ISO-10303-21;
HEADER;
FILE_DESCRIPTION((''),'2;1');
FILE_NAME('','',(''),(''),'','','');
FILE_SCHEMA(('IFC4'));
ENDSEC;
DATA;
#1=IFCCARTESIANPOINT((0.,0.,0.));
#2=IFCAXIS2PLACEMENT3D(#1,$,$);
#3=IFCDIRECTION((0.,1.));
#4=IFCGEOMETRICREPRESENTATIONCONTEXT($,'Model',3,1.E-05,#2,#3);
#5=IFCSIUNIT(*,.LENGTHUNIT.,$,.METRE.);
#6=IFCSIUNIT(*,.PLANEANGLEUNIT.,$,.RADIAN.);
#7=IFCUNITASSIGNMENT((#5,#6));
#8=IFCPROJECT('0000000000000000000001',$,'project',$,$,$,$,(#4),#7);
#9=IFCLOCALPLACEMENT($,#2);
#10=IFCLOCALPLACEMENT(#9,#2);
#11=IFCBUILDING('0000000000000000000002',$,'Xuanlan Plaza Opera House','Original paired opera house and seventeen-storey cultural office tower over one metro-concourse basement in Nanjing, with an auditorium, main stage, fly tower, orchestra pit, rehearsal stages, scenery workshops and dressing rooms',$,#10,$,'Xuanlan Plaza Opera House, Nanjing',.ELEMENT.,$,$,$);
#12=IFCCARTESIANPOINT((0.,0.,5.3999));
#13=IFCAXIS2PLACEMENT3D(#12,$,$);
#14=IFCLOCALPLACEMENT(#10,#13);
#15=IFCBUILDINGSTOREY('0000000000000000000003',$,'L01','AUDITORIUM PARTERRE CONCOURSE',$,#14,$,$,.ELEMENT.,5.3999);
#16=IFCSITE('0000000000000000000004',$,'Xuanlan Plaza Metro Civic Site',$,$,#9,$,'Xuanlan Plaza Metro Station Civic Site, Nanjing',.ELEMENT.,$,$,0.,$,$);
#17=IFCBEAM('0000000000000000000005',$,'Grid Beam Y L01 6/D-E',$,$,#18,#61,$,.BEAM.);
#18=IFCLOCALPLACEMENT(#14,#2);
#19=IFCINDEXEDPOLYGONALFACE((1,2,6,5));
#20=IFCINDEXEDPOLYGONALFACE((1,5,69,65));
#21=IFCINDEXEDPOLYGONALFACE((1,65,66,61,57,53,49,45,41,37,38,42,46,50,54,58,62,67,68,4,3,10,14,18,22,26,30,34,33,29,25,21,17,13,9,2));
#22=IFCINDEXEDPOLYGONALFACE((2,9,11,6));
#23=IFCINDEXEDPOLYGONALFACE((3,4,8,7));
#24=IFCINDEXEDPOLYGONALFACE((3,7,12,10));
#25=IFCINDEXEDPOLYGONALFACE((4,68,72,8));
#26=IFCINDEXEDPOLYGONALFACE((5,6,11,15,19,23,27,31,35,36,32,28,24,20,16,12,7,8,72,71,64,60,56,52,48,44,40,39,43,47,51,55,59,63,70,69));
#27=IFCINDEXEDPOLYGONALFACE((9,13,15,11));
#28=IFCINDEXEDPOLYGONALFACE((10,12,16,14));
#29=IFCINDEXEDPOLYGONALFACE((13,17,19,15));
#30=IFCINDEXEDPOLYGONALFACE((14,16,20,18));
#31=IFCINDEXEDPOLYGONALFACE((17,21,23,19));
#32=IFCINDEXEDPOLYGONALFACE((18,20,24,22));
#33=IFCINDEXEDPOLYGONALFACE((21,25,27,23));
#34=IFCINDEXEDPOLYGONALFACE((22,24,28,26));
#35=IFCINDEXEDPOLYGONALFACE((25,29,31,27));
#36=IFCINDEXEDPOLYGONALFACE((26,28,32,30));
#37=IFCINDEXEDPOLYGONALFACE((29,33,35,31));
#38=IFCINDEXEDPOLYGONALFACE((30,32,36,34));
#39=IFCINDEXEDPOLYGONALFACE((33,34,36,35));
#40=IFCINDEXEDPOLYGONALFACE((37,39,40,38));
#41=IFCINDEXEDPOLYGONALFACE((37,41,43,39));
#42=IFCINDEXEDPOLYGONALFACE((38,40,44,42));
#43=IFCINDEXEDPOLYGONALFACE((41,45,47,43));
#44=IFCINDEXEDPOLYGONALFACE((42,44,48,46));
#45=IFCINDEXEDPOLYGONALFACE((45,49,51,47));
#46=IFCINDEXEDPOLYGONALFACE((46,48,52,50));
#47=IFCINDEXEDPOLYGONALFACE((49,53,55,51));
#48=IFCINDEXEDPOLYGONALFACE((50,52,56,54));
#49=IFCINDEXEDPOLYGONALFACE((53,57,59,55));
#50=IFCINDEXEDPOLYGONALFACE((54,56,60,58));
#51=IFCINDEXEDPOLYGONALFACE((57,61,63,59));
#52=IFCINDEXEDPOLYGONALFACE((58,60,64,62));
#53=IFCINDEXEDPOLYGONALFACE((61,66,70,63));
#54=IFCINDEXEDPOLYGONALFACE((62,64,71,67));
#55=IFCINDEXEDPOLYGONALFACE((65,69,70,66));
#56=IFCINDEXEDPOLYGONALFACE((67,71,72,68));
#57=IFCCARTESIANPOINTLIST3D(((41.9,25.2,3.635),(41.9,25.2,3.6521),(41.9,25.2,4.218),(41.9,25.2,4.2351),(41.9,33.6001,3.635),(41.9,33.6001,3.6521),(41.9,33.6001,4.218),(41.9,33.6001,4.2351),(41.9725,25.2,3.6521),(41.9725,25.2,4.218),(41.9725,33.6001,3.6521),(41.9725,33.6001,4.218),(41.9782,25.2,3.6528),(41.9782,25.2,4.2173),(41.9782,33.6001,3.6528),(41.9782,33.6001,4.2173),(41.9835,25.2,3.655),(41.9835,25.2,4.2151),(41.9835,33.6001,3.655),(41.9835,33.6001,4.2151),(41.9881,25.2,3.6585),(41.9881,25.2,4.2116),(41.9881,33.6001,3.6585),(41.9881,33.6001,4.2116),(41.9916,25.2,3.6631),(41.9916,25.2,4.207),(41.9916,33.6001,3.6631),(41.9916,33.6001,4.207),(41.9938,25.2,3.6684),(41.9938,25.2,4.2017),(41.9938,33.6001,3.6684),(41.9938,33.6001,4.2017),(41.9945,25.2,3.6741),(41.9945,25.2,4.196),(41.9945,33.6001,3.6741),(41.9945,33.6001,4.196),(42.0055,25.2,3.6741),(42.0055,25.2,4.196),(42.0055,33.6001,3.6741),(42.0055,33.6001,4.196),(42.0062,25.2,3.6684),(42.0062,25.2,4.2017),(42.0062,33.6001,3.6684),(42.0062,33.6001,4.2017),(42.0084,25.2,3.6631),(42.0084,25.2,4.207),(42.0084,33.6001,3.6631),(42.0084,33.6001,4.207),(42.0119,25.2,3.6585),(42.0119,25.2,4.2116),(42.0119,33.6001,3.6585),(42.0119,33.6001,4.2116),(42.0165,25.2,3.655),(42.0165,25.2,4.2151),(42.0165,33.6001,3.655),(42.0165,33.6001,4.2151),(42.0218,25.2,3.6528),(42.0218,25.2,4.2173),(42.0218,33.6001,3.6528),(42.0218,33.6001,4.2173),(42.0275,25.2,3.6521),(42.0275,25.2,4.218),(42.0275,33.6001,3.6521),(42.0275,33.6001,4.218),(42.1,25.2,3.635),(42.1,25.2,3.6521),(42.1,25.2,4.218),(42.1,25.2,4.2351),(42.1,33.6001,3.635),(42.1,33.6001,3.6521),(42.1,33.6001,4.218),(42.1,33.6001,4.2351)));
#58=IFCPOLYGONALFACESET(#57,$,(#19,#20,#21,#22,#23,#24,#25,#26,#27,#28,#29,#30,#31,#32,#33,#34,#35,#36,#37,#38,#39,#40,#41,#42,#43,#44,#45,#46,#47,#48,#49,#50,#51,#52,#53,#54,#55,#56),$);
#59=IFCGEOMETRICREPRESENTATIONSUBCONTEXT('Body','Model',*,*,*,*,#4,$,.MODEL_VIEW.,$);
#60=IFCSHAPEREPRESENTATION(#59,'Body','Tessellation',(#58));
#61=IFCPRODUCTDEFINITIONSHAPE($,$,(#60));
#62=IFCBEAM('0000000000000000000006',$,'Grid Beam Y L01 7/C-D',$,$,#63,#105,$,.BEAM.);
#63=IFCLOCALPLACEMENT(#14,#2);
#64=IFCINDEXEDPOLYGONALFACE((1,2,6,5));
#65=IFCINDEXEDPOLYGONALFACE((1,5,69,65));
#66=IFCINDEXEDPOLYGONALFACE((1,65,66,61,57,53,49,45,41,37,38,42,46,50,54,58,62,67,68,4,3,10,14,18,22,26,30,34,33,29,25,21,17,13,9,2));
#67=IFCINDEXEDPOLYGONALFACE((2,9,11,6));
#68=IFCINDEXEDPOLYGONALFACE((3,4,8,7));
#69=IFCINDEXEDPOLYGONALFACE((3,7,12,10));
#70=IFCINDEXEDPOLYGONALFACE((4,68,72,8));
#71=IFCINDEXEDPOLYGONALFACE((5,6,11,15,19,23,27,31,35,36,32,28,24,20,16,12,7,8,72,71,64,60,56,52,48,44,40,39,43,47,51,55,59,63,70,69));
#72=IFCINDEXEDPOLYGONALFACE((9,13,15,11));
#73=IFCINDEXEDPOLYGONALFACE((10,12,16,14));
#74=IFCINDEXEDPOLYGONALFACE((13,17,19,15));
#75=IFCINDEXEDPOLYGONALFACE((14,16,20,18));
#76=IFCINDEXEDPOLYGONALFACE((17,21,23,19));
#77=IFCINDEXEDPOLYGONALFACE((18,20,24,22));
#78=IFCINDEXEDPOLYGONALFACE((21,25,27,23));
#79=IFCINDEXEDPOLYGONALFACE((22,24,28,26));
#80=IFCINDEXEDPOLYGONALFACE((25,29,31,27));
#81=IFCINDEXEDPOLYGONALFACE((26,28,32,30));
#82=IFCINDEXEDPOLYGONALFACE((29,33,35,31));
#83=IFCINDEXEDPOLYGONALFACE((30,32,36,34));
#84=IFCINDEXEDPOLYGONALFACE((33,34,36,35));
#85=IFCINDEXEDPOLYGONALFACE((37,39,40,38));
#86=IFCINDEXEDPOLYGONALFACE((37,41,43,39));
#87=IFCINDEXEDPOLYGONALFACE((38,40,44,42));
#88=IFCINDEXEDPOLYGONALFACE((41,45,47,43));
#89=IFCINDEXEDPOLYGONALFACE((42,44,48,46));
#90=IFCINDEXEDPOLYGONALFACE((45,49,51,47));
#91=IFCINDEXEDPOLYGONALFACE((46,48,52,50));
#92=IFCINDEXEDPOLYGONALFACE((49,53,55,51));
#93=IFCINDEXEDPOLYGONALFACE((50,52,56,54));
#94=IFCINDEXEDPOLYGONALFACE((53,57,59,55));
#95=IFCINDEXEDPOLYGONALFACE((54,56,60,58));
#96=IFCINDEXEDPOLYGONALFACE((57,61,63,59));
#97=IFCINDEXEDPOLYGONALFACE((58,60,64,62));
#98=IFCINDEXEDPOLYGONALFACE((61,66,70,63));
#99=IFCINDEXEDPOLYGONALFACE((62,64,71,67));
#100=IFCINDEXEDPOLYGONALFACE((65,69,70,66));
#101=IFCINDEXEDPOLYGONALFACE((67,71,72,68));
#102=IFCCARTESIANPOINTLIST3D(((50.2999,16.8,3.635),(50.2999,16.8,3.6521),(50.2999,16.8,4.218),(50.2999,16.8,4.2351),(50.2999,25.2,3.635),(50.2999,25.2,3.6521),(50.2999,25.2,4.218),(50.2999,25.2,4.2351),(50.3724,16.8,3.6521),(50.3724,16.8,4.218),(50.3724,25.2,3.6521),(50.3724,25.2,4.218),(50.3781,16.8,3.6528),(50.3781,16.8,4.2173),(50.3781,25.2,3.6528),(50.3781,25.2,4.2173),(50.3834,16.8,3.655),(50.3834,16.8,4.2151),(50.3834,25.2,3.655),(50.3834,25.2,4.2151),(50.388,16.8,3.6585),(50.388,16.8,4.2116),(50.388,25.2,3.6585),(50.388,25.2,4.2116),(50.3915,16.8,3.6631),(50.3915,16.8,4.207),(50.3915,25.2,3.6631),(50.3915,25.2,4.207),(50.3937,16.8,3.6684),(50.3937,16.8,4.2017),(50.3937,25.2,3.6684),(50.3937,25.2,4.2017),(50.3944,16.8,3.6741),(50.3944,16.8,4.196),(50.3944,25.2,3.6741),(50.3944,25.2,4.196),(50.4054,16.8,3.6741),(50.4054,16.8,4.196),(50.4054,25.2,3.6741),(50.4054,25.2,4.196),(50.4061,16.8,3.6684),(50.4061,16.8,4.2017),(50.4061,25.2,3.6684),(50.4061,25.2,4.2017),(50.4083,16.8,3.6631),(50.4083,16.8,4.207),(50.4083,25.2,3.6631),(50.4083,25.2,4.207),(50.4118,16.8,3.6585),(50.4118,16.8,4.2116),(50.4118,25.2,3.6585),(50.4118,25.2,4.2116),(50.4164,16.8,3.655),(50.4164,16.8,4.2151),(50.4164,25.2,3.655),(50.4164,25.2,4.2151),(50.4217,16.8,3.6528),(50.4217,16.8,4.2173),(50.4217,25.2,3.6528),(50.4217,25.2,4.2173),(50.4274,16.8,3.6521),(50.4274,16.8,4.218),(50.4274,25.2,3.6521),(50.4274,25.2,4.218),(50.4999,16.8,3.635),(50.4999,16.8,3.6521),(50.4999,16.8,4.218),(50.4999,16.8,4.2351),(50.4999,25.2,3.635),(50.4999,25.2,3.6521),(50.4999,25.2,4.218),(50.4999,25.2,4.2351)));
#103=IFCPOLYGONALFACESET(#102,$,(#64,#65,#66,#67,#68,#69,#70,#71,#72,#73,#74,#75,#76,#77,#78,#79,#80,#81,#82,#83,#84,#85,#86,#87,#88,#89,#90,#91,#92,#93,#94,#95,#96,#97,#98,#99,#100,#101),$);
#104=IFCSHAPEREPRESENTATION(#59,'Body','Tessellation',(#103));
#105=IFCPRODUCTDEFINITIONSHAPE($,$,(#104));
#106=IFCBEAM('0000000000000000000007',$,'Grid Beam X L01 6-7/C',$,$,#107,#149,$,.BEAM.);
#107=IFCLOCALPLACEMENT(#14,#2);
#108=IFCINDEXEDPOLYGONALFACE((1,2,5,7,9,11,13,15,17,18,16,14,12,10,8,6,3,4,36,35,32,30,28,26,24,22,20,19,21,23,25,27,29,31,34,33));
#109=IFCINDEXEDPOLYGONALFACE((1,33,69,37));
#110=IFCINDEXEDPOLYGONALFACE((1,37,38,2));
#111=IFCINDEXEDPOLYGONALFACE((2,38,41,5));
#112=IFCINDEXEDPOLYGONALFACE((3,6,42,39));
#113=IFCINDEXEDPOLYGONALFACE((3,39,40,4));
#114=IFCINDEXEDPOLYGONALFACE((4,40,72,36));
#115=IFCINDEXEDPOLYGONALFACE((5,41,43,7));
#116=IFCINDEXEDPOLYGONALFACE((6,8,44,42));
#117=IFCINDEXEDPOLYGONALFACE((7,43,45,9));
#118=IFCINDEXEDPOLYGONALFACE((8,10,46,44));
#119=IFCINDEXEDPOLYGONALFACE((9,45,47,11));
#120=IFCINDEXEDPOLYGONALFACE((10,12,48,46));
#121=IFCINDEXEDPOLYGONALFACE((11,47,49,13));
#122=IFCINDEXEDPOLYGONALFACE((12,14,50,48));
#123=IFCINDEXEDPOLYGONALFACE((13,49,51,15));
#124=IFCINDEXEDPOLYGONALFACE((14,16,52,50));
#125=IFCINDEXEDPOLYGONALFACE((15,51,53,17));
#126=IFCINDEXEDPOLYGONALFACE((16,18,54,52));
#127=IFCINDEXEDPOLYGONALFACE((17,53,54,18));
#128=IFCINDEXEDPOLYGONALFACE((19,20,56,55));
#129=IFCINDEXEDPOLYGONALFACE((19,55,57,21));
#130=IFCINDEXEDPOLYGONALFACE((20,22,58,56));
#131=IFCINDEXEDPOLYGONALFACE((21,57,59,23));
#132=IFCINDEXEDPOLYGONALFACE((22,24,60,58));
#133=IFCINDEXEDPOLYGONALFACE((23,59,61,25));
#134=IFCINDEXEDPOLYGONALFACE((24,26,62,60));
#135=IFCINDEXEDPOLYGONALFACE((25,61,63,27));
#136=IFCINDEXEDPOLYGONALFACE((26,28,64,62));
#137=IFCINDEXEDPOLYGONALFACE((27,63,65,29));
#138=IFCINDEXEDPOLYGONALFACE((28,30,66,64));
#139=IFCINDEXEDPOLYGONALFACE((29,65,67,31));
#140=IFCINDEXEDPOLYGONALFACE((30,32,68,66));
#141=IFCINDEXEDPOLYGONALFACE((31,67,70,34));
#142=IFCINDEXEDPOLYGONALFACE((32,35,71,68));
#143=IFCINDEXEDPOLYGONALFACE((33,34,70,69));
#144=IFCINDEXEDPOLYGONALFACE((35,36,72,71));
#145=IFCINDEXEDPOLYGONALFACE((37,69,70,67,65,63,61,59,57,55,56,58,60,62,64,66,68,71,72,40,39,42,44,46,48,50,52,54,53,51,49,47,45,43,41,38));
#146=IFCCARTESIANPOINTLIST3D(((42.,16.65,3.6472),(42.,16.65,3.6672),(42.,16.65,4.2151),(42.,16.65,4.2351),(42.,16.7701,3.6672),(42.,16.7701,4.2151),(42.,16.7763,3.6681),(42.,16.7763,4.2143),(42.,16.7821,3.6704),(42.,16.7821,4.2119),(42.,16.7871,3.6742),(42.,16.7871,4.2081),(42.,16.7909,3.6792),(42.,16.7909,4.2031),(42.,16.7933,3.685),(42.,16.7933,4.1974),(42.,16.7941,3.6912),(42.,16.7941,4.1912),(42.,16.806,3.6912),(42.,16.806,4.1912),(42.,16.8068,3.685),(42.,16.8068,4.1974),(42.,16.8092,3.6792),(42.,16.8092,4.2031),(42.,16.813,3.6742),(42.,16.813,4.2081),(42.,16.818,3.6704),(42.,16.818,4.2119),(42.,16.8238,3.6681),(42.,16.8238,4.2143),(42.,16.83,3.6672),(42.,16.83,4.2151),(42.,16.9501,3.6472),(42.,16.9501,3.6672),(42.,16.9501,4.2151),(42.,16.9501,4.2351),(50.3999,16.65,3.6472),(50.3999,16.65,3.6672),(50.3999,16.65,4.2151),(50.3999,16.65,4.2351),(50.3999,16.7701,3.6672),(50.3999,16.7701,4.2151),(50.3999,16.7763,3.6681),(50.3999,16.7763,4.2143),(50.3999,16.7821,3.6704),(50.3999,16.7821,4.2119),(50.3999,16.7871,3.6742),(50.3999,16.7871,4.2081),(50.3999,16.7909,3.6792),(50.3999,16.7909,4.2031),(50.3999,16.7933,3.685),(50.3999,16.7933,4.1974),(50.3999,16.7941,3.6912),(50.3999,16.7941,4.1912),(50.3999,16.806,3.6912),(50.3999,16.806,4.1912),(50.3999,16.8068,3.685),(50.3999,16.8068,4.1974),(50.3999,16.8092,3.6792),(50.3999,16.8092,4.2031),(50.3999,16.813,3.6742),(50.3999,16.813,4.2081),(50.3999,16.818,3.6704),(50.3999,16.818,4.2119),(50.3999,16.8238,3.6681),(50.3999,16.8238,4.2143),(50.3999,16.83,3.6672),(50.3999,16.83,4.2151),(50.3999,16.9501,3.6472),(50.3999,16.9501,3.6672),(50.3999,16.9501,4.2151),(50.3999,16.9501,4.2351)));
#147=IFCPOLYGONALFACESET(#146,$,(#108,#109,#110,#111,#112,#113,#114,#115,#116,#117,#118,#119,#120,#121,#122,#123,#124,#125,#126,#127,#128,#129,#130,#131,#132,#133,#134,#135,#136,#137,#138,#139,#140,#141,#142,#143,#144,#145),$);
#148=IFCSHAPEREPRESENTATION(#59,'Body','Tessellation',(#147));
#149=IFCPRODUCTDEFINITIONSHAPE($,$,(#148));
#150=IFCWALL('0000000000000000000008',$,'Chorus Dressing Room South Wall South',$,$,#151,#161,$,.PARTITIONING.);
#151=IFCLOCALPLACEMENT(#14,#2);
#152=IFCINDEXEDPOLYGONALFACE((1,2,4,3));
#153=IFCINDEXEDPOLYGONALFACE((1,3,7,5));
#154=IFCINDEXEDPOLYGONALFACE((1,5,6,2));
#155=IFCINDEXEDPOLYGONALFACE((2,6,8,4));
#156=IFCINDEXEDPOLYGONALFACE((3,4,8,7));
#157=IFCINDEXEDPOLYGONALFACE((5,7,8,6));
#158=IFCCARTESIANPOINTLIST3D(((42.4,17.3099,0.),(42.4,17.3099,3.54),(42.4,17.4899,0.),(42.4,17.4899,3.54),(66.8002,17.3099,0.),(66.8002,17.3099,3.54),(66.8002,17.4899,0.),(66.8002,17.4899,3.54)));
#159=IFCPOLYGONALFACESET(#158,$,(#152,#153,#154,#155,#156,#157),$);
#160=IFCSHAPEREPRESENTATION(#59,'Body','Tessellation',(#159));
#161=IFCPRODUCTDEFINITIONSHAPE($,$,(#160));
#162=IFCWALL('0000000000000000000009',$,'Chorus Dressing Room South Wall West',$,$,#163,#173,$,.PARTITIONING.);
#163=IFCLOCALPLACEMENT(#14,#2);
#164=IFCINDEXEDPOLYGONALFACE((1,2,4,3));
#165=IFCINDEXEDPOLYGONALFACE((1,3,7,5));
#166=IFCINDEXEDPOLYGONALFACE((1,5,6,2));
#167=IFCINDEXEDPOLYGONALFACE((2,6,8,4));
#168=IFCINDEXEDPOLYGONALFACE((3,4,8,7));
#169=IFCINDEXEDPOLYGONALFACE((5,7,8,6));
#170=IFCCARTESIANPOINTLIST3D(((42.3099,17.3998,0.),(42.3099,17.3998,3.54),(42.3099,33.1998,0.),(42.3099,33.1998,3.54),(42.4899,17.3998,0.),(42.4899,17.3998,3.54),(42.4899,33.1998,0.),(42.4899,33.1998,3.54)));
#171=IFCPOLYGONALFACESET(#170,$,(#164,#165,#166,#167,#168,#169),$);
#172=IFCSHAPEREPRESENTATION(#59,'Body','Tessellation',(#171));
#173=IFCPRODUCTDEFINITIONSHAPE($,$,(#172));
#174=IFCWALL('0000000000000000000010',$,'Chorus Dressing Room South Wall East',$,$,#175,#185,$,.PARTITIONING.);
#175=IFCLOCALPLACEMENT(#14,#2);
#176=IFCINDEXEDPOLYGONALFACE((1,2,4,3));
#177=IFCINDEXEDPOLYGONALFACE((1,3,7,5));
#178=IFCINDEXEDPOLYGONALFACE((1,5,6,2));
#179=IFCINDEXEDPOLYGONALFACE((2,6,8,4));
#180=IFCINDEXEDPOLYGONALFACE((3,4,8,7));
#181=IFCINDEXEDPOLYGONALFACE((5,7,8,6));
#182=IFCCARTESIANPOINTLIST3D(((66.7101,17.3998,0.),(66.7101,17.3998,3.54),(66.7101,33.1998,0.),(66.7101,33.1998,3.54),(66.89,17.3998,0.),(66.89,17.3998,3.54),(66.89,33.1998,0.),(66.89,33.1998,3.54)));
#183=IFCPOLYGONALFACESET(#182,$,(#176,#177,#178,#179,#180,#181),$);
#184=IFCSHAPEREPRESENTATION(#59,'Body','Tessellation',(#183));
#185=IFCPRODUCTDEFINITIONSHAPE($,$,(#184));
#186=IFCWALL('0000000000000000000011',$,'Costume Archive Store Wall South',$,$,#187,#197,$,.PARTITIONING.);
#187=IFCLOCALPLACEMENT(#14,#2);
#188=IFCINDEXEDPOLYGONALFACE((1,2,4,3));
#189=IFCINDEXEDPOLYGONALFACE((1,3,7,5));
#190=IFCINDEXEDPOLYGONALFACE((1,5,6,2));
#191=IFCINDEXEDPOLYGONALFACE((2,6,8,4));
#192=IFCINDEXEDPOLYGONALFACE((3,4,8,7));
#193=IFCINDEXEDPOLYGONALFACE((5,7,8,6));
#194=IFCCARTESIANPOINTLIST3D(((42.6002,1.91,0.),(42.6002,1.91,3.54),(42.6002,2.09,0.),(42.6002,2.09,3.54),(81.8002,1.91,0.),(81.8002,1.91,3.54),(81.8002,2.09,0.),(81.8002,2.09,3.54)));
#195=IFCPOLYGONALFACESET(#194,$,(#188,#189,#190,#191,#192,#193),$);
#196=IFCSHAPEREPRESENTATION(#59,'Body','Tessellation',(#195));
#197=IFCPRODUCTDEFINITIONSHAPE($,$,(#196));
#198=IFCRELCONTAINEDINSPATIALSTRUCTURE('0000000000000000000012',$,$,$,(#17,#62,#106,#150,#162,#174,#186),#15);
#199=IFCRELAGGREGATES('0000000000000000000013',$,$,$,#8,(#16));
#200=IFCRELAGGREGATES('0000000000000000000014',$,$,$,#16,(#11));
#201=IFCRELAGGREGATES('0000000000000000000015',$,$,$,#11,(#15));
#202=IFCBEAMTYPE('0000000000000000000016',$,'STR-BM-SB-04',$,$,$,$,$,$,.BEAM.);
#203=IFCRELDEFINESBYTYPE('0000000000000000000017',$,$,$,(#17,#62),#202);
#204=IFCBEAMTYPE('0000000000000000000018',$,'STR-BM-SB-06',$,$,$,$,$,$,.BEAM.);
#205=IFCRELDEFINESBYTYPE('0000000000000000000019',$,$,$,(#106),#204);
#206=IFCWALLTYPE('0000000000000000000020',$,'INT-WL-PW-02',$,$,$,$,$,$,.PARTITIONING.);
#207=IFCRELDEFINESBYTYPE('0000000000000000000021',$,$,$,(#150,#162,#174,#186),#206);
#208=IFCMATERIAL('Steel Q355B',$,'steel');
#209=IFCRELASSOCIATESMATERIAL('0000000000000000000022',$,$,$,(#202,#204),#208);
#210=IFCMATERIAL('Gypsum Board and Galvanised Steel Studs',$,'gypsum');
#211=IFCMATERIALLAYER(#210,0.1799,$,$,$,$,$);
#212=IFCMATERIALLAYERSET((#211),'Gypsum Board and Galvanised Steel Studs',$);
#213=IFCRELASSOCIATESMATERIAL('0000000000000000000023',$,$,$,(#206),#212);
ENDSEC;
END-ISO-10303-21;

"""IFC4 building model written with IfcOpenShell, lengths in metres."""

from ifc_helpers import new_model, si_unit, direction, frame, frame_2d, origin, origin_2d, place, context, subcontext, project, spatial, rectangle, i_section, extrude, material, layer, layer_set, material_profile, profile_set, type_object, element, save


model = new_model("IFC4")

# Units and contexts
model_context = context("Model", 3, precision=1e-05, world=origin(), true_north=direction((0.0, 1.0)))
body_context = subcontext(model_context, "Body", "Model", "MODEL_VIEW")
ifc_project = project(units=[si_unit("LENGTHUNIT", "METRE"), si_unit("PLANEANGLEUNIT", "RADIAN")], contexts=[model_context])

# Site, building, storey
site_placement = place(None, origin())
site = spatial("IfcSite", under=ifc_project, at=site_placement, Name="Xuanlan Plaza Metro Civic Site", LongName="Xuanlan Plaza Metro Station Civic Site, Nanjing", CompositionType="ELEMENT", RefElevation=0.0)
building_placement = place(site_placement, origin())
building = spatial("IfcBuilding", under=site, at=building_placement, Name="Xuanlan Plaza Opera House", Description="Original paired opera house and seventeen-storey cultural office tower over one metro-concourse basement in Nanjing, with an auditorium, main stage, fly tower, orchestra pit, rehearsal stages, scenery workshops and dressing rooms", LongName="Xuanlan Plaza Opera House, Nanjing", CompositionType="ELEMENT")
storey_placement = place(building_placement, frame((0.0, 0.0, 5.3999)))
storey = spatial("IfcBuildingStorey", under=building, at=storey_placement, Name="L01", Description="AUDITORIUM PARTERRE CONCOURSE", CompositionType="ELEMENT", Elevation=5.3999)

# Beams
ifc_material_1 = material(Name="Steel Q355B", Category="steel")
ifc_material_profile_1 = material_profile(ifc_material_1, i_section(OverallWidth=0.2, OverallDepth=0.6001, WebThickness=0.011, FlangeThickness=0.0171, FilletRadius=0.022, at=origin_2d()), Name="HN 600x200x11x17")
ifc_profile_set_1 = profile_set([ifc_material_profile_1], Name="Steel Q355B")
beam_type_1 = type_object("IfcBeamType", Name="STR-BM-SB-04", PredefinedType="BEAM", material=ifc_profile_set_1)
beam_1_placement = place(storey_placement, frame((42.0, 25.2, 3.9351), z_axis=(0.0, 1.0, 0.0), x_axis=(-1.0, 0.0, 0.0)))
element("IfcBeam", 1, at=beam_1_placement, inside=storey, type_object=beam_type_1, Name="Grid Beam Y L01 6/D-E", PredefinedType="BEAM", context=body_context, shape_type="SweptSolid", body=[
    extrude(i_section(OverallWidth=0.2, OverallDepth=0.6001, WebThickness=0.011, FlangeThickness=0.0171, FilletRadius=0.022, at=origin_2d()), origin(), (0.0, 0.0, 1.0), 8.4001),
])
beam_2_placement = place(storey_placement, frame((50.3999, 16.8, 3.9351), z_axis=(0.0, 1.0, 0.0), x_axis=(-1.0, 0.0, 0.0)))
element("IfcBeam", 2, at=beam_2_placement, inside=storey, type_object=beam_type_1, Name="Grid Beam Y L01 7/C-D", PredefinedType="BEAM", context=body_context, shape_type="SweptSolid", body=[
    extrude(i_section(OverallWidth=0.2, OverallDepth=0.6001, WebThickness=0.011, FlangeThickness=0.0171, FilletRadius=0.022, at=origin_2d()), origin(), (0.0, 0.0, 1.0), 8.3999),
])
ifc_material_profile_2 = material_profile(ifc_material_1, i_section(OverallWidth=0.3, OverallDepth=0.5879, WebThickness=0.012, FlangeThickness=0.02, FilletRadius=0.0239, at=origin_2d()), Name="HM 588x300x12x20")
ifc_profile_set_2 = profile_set([ifc_material_profile_2], Name="Steel Q355B")
beam_type_2 = type_object("IfcBeamType", Name="STR-BM-SB-06", PredefinedType="BEAM", material=ifc_profile_set_2)
beam_3_placement = place(storey_placement, frame((42.0, 16.8, 3.9412), z_axis=(1.0, 0.0, 0.0), x_axis=(0.0, 1.0, 0.0)))
element("IfcBeam", 3, at=beam_3_placement, inside=storey, type_object=beam_type_2, Name="Grid Beam X L01 6-7/C", PredefinedType="BEAM", context=body_context, shape_type="SweptSolid", body=[
    extrude(i_section(OverallWidth=0.3, OverallDepth=0.5879, WebThickness=0.012, FlangeThickness=0.02, FilletRadius=0.0239, at=origin_2d()), origin(), (0.0, 0.0, 1.0), 8.3999),
])

# Walls
ifc_material_2 = material(Name="Gypsum Board and Galvanised Steel Studs", Category="gypsum")
ifc_layer = layer(ifc_material_2, 0.1799)
ifc_layer_set = layer_set([ifc_layer], Name="Gypsum Board and Galvanised Steel Studs")
wall_type = type_object("IfcWallType", Name="INT-WL-PW-02", PredefinedType="PARTITIONING", material=ifc_layer_set)
wall_1_placement = place(storey_placement, frame((42.3999, 17.3999, 0.0), z_axis=(0.0, 0.0, 1.0), x_axis=(1.0, 0.0, 0.0)))
element("IfcWall", 4, at=wall_1_placement, inside=storey, type_object=wall_type, Name="Chorus Dressing Room South Wall South", PredefinedType="PARTITIONING", context=body_context, shape_type="SweptSolid", body=[
    extrude(rectangle(XDim=24.4001, YDim=0.1799, at=frame_2d((12.2002, 0.0))), origin(), (0.0, 0.0, 1.0), 3.54),
])
for number, where, z_axis, x_axis, name in (
    (5, (42.3999, 17.3999, 0.0), (0.0, 0.0, 1.0), (0.0, 1.0, 0.0), "Chorus Dressing Room South Wall West"),
    (6, (66.8, 17.3999, 0.0), (0.0, 0.0, 1.0), (0.0, 1.0, 0.0), "Chorus Dressing Room South Wall East"),
):
    element("IfcWall", number, at=place(storey_placement, frame(where, z_axis=z_axis, x_axis=x_axis)), inside=storey, type_object=wall_type, Name=name, PredefinedType="PARTITIONING", context=body_context, shape_type="SweptSolid", body=[
        extrude(rectangle(XDim=15.8, YDim=0.1799, at=frame_2d((7.8999, 0.0))), origin(), (0.0, 0.0, 1.0), 3.54),
    ])
wall_2_placement = place(storey_placement, frame((42.6001, 2.0, 0.0), z_axis=(0.0, 0.0, 1.0), x_axis=(1.0, 0.0, 0.0)))
element("IfcWall", 7, at=wall_2_placement, inside=storey, type_object=wall_type, Name="Costume Archive Store Wall South", PredefinedType="PARTITIONING", context=body_context, shape_type="SweptSolid", body=[
    extrude(rectangle(XDim=39.2, YDim=0.1799, at=frame_2d((19.6001, 0.0))), origin(), (0.0, 0.0, 1.0), 3.54),
])

save(model, "model.ifc")
